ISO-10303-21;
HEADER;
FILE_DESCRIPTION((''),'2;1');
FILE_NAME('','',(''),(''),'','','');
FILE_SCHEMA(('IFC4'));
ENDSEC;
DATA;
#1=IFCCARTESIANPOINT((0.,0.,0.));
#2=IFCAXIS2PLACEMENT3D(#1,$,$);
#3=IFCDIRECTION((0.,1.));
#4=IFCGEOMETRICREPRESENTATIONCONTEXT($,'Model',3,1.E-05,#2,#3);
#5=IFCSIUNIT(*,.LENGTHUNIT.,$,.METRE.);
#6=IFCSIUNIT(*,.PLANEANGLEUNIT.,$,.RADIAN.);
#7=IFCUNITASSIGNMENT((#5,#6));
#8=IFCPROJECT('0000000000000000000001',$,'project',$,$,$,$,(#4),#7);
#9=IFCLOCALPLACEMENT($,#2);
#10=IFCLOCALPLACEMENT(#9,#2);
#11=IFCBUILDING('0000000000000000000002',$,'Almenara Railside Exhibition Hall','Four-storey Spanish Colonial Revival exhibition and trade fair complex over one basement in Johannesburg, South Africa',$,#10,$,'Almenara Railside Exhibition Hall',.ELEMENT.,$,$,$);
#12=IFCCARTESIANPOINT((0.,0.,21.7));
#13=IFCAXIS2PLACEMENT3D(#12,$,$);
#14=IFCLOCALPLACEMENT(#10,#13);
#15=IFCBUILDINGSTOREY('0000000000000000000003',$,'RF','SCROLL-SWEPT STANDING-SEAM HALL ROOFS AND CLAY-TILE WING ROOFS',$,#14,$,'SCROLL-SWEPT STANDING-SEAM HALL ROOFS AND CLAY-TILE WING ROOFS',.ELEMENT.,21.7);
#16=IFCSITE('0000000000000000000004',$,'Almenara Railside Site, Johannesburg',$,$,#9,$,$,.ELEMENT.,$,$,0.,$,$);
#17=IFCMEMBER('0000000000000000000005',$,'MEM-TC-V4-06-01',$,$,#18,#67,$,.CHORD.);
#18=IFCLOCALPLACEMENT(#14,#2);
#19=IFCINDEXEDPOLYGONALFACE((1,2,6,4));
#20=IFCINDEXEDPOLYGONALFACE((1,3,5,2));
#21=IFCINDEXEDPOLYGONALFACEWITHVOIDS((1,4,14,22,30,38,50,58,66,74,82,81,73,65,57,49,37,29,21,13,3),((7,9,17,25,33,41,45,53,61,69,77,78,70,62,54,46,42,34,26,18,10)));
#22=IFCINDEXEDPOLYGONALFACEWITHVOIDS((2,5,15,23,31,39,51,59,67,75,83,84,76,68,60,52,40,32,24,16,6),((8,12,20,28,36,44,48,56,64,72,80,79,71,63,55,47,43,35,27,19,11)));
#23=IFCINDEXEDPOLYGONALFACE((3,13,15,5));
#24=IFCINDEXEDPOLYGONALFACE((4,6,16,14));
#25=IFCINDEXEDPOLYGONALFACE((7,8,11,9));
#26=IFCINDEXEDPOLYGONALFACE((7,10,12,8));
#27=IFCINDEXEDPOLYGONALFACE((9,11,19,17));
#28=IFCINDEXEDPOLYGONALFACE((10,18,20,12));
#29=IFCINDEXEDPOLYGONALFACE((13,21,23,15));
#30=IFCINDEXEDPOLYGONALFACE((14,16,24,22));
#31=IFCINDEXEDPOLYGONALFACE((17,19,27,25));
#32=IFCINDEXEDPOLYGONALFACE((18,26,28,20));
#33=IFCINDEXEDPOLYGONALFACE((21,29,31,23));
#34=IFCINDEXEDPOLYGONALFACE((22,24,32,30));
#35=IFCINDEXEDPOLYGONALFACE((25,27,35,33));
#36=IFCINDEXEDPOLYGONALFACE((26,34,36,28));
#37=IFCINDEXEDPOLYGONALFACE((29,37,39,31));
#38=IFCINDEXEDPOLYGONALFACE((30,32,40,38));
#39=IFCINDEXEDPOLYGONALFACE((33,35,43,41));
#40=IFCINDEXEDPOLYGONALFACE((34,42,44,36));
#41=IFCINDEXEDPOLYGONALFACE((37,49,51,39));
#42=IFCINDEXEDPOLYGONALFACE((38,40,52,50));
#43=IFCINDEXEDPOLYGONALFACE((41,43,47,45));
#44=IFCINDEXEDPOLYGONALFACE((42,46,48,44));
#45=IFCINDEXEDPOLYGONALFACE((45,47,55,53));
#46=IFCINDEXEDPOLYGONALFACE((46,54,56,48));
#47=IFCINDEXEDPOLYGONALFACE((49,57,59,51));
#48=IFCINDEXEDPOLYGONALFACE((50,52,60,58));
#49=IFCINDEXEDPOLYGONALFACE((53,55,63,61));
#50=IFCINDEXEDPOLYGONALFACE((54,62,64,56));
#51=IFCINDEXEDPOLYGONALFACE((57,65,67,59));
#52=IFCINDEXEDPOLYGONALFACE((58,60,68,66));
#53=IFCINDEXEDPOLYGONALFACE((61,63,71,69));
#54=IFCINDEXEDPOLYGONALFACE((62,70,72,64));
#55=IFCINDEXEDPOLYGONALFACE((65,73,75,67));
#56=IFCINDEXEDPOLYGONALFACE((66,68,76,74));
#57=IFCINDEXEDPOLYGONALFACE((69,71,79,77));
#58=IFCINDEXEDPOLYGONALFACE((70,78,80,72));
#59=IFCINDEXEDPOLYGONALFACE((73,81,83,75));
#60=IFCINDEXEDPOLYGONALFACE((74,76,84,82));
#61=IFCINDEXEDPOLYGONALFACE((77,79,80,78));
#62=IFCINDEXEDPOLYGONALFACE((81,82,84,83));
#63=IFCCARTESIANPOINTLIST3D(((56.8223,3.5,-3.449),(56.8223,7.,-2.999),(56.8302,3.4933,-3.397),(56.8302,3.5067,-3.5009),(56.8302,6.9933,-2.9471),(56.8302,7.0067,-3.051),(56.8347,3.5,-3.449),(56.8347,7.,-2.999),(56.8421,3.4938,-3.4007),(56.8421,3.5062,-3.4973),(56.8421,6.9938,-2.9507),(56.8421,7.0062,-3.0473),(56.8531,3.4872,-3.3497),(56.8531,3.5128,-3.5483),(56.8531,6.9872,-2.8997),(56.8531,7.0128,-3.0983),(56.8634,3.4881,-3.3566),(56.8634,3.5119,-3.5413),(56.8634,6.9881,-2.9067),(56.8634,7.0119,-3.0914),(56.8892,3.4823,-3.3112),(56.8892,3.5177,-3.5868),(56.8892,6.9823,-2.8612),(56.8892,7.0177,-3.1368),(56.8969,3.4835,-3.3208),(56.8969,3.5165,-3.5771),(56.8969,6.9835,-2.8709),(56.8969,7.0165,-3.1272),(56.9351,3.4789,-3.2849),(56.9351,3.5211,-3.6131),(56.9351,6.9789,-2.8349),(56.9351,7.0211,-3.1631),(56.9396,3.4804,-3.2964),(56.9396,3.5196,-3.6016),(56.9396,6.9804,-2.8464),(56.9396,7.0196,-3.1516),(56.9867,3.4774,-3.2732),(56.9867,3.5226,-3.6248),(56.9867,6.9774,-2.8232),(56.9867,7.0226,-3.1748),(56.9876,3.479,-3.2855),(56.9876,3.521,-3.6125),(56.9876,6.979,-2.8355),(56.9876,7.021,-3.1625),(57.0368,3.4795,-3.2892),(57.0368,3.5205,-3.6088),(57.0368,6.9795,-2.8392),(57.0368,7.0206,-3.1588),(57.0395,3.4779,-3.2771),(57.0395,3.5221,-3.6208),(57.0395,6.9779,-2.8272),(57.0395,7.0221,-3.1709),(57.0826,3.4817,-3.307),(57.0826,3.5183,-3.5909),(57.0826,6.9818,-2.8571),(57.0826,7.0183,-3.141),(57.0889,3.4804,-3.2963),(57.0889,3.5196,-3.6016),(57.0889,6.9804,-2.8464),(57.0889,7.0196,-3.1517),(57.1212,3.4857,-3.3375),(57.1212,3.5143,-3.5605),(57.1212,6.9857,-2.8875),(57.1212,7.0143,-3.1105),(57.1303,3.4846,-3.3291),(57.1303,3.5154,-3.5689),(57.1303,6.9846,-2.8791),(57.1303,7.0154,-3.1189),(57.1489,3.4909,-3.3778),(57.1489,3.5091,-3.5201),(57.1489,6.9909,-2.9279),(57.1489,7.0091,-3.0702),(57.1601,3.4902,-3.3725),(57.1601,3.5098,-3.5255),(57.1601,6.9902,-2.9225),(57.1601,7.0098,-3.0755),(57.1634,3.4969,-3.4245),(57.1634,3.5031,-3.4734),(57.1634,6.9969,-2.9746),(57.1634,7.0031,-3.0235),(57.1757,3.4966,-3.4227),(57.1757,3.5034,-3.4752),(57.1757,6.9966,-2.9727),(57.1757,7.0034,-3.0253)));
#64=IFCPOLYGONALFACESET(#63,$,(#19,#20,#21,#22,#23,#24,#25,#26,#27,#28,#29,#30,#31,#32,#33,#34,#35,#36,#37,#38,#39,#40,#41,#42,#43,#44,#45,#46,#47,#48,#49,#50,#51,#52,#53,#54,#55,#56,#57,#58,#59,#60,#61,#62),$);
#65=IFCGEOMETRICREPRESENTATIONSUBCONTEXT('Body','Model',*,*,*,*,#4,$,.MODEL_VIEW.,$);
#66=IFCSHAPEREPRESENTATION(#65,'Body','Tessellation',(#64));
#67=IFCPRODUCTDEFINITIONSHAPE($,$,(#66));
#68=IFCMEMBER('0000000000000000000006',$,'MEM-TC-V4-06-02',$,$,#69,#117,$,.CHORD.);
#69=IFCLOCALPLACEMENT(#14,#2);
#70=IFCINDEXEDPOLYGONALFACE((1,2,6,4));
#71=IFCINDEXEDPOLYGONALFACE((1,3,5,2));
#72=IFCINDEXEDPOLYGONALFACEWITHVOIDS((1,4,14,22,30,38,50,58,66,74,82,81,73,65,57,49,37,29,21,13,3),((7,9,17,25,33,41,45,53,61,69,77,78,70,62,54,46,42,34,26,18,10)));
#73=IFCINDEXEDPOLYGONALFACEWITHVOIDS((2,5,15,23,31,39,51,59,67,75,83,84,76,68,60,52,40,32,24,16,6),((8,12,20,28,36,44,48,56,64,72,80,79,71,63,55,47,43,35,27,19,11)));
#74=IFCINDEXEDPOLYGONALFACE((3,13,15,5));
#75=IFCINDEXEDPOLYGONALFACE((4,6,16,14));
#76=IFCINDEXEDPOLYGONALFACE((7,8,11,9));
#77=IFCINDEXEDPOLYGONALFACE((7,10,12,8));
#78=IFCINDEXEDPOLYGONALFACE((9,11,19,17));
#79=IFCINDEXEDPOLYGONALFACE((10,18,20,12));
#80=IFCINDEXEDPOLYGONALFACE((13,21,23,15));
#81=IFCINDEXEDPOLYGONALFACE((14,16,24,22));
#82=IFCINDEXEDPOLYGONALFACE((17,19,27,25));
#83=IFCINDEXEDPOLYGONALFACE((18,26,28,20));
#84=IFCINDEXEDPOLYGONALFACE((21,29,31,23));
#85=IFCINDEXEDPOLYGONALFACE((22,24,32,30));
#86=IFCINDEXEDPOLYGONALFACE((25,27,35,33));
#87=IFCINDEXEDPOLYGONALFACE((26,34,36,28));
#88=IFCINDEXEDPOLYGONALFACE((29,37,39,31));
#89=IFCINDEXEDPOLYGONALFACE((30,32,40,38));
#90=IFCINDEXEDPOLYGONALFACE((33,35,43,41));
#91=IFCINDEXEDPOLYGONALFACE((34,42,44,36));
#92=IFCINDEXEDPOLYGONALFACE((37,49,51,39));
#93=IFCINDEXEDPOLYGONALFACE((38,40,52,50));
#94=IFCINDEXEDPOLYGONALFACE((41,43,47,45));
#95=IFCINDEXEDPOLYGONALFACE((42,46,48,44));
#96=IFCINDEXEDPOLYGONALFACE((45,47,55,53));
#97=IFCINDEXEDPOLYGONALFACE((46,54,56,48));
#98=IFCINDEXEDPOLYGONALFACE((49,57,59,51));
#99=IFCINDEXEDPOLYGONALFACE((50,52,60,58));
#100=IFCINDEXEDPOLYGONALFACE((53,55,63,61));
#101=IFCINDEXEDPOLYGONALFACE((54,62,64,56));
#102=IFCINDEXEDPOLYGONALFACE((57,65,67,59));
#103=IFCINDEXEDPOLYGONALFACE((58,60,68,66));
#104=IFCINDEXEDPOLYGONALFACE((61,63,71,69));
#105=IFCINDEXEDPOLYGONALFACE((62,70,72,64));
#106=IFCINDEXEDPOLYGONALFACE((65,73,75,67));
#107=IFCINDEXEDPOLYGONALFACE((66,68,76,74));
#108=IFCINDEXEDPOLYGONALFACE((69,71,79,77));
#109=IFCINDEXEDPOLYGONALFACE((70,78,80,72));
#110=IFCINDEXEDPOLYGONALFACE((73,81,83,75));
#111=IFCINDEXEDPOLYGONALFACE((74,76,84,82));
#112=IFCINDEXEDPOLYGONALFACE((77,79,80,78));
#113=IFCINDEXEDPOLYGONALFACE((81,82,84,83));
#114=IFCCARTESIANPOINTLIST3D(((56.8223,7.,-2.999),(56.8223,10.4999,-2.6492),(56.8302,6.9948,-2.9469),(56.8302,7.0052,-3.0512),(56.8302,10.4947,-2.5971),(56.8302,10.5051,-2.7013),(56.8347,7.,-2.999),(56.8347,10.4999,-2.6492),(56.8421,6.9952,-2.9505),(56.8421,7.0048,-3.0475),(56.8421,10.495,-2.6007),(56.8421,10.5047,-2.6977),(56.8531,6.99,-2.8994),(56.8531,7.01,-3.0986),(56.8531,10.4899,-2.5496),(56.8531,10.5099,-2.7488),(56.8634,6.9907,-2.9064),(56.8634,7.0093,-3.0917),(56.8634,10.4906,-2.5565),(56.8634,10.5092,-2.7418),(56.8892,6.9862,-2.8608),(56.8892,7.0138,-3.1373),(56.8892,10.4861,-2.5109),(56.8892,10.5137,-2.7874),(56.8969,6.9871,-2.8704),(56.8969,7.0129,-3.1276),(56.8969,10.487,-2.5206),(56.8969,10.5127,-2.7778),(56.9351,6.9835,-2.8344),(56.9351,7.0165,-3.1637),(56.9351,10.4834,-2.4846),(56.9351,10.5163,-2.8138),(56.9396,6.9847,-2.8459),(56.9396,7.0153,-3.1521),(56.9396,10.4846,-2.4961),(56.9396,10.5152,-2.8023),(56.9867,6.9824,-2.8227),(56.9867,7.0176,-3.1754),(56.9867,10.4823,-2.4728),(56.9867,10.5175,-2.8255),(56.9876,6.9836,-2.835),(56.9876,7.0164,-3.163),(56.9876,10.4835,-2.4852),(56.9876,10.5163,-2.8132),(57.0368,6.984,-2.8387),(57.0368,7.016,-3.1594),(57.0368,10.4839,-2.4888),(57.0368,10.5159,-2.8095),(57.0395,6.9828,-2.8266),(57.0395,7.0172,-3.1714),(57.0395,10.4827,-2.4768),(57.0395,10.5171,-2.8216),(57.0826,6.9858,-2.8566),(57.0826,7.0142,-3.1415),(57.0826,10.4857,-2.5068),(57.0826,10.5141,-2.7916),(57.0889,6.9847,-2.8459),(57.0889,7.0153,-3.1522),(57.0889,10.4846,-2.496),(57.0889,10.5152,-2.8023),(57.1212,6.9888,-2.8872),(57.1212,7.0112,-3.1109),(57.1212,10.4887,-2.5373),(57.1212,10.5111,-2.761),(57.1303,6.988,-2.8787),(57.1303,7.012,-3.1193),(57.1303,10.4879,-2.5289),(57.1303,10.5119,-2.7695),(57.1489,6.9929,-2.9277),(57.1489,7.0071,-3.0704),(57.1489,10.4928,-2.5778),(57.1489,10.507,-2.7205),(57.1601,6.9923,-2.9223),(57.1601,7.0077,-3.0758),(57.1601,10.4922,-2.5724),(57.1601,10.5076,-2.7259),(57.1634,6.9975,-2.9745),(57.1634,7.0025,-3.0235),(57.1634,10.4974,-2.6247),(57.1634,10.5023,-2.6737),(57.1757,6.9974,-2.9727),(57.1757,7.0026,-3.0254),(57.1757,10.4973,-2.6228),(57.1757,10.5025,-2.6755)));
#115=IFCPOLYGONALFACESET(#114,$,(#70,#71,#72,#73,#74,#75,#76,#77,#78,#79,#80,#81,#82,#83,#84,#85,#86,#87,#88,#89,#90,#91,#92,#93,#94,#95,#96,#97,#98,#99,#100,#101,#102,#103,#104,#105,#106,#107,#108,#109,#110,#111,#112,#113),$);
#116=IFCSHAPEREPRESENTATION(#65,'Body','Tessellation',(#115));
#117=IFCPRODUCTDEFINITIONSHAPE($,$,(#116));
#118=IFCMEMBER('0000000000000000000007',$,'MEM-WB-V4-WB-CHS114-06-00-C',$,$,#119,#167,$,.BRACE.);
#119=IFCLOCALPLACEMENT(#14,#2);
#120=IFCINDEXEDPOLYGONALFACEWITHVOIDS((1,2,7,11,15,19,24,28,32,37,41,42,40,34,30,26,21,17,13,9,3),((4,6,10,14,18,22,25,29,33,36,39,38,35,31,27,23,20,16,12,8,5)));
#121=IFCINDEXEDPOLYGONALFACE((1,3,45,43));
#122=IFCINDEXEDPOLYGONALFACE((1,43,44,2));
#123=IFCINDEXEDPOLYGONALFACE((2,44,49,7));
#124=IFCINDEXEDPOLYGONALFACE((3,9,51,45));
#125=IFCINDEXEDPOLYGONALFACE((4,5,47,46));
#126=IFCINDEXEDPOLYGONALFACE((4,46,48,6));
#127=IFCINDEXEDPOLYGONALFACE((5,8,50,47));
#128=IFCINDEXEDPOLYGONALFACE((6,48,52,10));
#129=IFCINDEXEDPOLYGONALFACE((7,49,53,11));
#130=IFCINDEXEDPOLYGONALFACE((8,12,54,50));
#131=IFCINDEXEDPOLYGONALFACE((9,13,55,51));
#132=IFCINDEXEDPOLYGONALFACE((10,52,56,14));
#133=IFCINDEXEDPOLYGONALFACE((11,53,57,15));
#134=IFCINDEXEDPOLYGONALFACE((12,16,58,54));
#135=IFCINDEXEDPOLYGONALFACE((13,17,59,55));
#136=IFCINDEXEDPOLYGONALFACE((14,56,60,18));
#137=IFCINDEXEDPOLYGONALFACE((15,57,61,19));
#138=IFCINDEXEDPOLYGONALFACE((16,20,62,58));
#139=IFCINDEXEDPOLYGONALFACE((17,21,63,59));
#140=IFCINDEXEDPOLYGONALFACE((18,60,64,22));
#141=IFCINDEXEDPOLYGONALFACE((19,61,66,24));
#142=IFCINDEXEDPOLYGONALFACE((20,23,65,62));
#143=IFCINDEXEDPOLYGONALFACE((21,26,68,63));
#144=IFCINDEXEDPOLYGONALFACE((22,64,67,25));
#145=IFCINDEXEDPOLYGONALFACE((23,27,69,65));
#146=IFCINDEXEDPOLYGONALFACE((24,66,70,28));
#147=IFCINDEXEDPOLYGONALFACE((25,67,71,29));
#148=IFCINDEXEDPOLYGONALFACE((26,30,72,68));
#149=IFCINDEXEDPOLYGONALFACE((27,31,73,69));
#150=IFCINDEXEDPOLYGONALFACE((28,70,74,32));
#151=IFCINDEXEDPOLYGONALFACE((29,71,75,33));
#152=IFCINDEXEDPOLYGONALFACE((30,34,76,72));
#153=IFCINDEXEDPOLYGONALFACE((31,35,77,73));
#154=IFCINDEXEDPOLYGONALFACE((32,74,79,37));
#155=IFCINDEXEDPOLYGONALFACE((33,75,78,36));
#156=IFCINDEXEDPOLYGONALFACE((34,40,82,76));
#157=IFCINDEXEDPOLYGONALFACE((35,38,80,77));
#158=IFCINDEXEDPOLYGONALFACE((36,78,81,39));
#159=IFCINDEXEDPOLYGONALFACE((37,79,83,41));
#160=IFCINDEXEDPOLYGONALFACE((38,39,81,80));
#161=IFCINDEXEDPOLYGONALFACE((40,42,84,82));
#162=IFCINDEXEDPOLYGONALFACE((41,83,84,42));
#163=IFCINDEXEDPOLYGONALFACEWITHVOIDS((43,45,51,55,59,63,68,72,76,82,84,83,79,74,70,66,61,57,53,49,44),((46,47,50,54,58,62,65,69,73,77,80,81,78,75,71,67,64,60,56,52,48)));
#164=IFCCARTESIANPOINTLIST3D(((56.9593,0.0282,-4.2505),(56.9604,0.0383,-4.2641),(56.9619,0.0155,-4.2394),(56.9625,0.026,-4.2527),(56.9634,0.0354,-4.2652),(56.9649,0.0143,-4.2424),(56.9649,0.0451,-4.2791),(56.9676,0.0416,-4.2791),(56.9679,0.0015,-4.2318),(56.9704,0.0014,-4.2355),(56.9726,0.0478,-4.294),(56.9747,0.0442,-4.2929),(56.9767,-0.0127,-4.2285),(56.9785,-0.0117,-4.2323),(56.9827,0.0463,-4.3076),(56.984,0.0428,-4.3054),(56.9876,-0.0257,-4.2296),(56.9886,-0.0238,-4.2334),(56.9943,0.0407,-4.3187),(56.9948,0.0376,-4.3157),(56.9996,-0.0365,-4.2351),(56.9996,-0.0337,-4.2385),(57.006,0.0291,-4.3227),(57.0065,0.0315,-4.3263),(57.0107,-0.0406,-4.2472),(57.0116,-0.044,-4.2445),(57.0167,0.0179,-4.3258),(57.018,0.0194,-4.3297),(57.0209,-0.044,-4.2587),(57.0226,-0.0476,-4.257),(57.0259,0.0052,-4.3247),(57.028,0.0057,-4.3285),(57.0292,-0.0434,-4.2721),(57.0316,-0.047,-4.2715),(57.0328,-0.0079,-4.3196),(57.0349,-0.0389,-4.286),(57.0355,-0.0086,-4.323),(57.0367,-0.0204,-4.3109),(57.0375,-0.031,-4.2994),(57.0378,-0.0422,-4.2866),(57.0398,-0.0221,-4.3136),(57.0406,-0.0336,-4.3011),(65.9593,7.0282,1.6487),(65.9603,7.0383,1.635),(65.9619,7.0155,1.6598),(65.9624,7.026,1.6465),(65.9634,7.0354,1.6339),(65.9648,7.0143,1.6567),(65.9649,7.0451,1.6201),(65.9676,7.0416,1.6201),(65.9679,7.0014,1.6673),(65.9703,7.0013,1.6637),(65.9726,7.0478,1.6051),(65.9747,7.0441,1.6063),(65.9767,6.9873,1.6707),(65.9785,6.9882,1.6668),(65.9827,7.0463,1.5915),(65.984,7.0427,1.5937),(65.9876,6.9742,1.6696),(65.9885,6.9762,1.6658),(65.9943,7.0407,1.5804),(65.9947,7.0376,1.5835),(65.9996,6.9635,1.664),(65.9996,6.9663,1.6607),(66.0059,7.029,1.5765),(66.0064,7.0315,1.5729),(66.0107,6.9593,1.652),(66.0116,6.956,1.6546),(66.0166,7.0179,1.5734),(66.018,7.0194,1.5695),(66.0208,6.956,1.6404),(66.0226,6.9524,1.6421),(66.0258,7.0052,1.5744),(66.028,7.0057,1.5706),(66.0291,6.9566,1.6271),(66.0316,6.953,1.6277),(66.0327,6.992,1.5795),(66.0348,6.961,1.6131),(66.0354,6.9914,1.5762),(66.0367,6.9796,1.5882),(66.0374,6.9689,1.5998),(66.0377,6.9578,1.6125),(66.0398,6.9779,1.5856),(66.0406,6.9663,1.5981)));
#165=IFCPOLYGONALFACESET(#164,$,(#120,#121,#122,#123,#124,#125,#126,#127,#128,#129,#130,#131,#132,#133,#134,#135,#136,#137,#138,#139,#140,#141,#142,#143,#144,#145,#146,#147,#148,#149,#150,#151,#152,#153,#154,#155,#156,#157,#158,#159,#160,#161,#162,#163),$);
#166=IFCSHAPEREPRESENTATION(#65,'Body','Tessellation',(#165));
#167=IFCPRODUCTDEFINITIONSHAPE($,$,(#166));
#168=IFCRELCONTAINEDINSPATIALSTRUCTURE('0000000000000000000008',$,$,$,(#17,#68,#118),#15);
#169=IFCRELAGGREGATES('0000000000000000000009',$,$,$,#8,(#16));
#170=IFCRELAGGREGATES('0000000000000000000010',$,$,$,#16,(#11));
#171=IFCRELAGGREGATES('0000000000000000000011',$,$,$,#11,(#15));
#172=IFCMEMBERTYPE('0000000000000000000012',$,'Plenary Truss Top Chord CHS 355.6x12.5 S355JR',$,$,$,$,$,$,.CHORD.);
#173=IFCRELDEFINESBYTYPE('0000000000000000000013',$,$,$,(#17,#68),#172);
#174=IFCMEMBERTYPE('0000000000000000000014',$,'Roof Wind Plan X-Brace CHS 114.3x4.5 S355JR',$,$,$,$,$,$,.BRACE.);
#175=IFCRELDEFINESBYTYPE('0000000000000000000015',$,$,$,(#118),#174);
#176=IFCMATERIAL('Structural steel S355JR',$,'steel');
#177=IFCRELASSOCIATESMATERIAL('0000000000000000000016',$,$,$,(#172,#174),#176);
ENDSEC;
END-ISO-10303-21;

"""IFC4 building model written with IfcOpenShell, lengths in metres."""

from ifc_helpers import new_model, si_unit, direction, frame, origin, origin_2d, place, context, subcontext, project, spatial, hollow_circle, extrude, material, material_profile, profile_set, type_object, element, save


model = new_model("IFC4")

# Units and contexts
model_context = context("Model", 3, precision=1e-05, world=origin(), true_north=direction((0.0, 1.0)))
body_context = subcontext(model_context, "Body", "Model", "MODEL_VIEW")
ifc_project = project(units=[si_unit("LENGTHUNIT", "METRE"), si_unit("PLANEANGLEUNIT", "RADIAN")], contexts=[model_context])

# Site, building, storey
site_placement = place(None, origin())
site = spatial("IfcSite", under=ifc_project, at=site_placement, Name="Almenara Railside Site, Johannesburg", CompositionType="ELEMENT", RefElevation=0.0)
building_placement = place(site_placement, origin())
building = spatial("IfcBuilding", under=site, at=building_placement, Name="Almenara Railside Exhibition Hall", Description="Four-storey Spanish Colonial Revival exhibition and trade fair complex over one basement in Johannesburg, South Africa", LongName="Almenara Railside Exhibition Hall", CompositionType="ELEMENT")
storey_placement = place(building_placement, frame((0.0, 0.0, 21.7)))
storey = spatial("IfcBuildingStorey", under=building, at=storey_placement, Name="RF", Description="SCROLL-SWEPT STANDING-SEAM HALL ROOFS AND CLAY-TILE WING ROOFS", LongName="SCROLL-SWEPT STANDING-SEAM HALL ROOFS AND CLAY-TILE WING ROOFS", CompositionType="ELEMENT", Elevation=21.7)

# Shared definitions
ifc_material = material(Name="Structural steel S355JR", Category="steel")

# Members
ifc_material_profile_1 = material_profile(ifc_material, hollow_circle(Radius=0.1777, WallThickness=0.0125, at=origin_2d()), Name="CHS 355.6x12.5")
ifc_profile_set_1 = profile_set([ifc_material_profile_1], Name="Structural steel S355JR")
member_type_1 = type_object("IfcMemberType", Name="Plenary Truss Top Chord CHS 355.6x12.5 S355JR", PredefinedType="CHORD", material=ifc_profile_set_1)
member_1_placement = place(storey_placement, frame((57.0, 3.5, -3.449), z_axis=(0.0, 0.991838, 0.127508), x_axis=(-1.0, 0.0, 0.0)))
element("IfcMember", 1, at=member_1_placement, inside=storey, type_object=member_type_1, Name="MEM-TC-V4-06-01", PredefinedType="CHORD", context=body_context, shape_type="SweptSolid", body=[
    extrude(hollow_circle(Radius=0.1777, WallThickness=0.0125, at=origin_2d()), origin(), (0.0, 0.0, 1.0), 3.5288),
])
member_2_placement = place(storey_placement, frame((57.0, 7.0, -2.999), z_axis=(0.0, 0.995041, 0.099462), x_axis=(-1.0, 0.0, 0.0)))
element("IfcMember", 2, at=member_2_placement, inside=storey, type_object=member_type_1, Name="MEM-TC-V4-06-02", PredefinedType="CHORD", context=body_context, shape_type="SweptSolid", body=[
    extrude(hollow_circle(Radius=0.1777, WallThickness=0.0125, at=origin_2d()), origin(), (0.0, 0.0, 1.0), 3.5173),
])
ifc_material_profile_2 = material_profile(ifc_material, hollow_circle(Radius=0.0571, WallThickness=0.0044, at=origin_2d()), Name="CHS 114.3x4.5")
ifc_profile_set_2 = profile_set([ifc_material_profile_2], Name="Structural steel S355JR")
member_type_2 = type_object("IfcMemberType", Name="Roof Wind Plan X-Brace CHS 114.3x4.5 S355JR", PredefinedType="BRACE", material=ifc_profile_set_2)
member_3_placement = place(storey_placement, frame((57.0, 0.0, -4.2791), z_axis=(0.701074, 0.545279, 0.459528), x_axis=(-0.613941, 0.789352, 0.0)))
element("IfcMember", 3, at=member_3_placement, inside=storey, type_object=member_type_2, Name="MEM-WB-V4-WB-CHS114-06-00-C", PredefinedType="BRACE", context=body_context, shape_type="SweptSolid", body=[
    extrude(hollow_circle(Radius=0.0571, WallThickness=0.0044, at=origin_2d()), origin(), (0.0, 0.0, 1.0), 12.8374),
])

save(model, "model.ifc")
